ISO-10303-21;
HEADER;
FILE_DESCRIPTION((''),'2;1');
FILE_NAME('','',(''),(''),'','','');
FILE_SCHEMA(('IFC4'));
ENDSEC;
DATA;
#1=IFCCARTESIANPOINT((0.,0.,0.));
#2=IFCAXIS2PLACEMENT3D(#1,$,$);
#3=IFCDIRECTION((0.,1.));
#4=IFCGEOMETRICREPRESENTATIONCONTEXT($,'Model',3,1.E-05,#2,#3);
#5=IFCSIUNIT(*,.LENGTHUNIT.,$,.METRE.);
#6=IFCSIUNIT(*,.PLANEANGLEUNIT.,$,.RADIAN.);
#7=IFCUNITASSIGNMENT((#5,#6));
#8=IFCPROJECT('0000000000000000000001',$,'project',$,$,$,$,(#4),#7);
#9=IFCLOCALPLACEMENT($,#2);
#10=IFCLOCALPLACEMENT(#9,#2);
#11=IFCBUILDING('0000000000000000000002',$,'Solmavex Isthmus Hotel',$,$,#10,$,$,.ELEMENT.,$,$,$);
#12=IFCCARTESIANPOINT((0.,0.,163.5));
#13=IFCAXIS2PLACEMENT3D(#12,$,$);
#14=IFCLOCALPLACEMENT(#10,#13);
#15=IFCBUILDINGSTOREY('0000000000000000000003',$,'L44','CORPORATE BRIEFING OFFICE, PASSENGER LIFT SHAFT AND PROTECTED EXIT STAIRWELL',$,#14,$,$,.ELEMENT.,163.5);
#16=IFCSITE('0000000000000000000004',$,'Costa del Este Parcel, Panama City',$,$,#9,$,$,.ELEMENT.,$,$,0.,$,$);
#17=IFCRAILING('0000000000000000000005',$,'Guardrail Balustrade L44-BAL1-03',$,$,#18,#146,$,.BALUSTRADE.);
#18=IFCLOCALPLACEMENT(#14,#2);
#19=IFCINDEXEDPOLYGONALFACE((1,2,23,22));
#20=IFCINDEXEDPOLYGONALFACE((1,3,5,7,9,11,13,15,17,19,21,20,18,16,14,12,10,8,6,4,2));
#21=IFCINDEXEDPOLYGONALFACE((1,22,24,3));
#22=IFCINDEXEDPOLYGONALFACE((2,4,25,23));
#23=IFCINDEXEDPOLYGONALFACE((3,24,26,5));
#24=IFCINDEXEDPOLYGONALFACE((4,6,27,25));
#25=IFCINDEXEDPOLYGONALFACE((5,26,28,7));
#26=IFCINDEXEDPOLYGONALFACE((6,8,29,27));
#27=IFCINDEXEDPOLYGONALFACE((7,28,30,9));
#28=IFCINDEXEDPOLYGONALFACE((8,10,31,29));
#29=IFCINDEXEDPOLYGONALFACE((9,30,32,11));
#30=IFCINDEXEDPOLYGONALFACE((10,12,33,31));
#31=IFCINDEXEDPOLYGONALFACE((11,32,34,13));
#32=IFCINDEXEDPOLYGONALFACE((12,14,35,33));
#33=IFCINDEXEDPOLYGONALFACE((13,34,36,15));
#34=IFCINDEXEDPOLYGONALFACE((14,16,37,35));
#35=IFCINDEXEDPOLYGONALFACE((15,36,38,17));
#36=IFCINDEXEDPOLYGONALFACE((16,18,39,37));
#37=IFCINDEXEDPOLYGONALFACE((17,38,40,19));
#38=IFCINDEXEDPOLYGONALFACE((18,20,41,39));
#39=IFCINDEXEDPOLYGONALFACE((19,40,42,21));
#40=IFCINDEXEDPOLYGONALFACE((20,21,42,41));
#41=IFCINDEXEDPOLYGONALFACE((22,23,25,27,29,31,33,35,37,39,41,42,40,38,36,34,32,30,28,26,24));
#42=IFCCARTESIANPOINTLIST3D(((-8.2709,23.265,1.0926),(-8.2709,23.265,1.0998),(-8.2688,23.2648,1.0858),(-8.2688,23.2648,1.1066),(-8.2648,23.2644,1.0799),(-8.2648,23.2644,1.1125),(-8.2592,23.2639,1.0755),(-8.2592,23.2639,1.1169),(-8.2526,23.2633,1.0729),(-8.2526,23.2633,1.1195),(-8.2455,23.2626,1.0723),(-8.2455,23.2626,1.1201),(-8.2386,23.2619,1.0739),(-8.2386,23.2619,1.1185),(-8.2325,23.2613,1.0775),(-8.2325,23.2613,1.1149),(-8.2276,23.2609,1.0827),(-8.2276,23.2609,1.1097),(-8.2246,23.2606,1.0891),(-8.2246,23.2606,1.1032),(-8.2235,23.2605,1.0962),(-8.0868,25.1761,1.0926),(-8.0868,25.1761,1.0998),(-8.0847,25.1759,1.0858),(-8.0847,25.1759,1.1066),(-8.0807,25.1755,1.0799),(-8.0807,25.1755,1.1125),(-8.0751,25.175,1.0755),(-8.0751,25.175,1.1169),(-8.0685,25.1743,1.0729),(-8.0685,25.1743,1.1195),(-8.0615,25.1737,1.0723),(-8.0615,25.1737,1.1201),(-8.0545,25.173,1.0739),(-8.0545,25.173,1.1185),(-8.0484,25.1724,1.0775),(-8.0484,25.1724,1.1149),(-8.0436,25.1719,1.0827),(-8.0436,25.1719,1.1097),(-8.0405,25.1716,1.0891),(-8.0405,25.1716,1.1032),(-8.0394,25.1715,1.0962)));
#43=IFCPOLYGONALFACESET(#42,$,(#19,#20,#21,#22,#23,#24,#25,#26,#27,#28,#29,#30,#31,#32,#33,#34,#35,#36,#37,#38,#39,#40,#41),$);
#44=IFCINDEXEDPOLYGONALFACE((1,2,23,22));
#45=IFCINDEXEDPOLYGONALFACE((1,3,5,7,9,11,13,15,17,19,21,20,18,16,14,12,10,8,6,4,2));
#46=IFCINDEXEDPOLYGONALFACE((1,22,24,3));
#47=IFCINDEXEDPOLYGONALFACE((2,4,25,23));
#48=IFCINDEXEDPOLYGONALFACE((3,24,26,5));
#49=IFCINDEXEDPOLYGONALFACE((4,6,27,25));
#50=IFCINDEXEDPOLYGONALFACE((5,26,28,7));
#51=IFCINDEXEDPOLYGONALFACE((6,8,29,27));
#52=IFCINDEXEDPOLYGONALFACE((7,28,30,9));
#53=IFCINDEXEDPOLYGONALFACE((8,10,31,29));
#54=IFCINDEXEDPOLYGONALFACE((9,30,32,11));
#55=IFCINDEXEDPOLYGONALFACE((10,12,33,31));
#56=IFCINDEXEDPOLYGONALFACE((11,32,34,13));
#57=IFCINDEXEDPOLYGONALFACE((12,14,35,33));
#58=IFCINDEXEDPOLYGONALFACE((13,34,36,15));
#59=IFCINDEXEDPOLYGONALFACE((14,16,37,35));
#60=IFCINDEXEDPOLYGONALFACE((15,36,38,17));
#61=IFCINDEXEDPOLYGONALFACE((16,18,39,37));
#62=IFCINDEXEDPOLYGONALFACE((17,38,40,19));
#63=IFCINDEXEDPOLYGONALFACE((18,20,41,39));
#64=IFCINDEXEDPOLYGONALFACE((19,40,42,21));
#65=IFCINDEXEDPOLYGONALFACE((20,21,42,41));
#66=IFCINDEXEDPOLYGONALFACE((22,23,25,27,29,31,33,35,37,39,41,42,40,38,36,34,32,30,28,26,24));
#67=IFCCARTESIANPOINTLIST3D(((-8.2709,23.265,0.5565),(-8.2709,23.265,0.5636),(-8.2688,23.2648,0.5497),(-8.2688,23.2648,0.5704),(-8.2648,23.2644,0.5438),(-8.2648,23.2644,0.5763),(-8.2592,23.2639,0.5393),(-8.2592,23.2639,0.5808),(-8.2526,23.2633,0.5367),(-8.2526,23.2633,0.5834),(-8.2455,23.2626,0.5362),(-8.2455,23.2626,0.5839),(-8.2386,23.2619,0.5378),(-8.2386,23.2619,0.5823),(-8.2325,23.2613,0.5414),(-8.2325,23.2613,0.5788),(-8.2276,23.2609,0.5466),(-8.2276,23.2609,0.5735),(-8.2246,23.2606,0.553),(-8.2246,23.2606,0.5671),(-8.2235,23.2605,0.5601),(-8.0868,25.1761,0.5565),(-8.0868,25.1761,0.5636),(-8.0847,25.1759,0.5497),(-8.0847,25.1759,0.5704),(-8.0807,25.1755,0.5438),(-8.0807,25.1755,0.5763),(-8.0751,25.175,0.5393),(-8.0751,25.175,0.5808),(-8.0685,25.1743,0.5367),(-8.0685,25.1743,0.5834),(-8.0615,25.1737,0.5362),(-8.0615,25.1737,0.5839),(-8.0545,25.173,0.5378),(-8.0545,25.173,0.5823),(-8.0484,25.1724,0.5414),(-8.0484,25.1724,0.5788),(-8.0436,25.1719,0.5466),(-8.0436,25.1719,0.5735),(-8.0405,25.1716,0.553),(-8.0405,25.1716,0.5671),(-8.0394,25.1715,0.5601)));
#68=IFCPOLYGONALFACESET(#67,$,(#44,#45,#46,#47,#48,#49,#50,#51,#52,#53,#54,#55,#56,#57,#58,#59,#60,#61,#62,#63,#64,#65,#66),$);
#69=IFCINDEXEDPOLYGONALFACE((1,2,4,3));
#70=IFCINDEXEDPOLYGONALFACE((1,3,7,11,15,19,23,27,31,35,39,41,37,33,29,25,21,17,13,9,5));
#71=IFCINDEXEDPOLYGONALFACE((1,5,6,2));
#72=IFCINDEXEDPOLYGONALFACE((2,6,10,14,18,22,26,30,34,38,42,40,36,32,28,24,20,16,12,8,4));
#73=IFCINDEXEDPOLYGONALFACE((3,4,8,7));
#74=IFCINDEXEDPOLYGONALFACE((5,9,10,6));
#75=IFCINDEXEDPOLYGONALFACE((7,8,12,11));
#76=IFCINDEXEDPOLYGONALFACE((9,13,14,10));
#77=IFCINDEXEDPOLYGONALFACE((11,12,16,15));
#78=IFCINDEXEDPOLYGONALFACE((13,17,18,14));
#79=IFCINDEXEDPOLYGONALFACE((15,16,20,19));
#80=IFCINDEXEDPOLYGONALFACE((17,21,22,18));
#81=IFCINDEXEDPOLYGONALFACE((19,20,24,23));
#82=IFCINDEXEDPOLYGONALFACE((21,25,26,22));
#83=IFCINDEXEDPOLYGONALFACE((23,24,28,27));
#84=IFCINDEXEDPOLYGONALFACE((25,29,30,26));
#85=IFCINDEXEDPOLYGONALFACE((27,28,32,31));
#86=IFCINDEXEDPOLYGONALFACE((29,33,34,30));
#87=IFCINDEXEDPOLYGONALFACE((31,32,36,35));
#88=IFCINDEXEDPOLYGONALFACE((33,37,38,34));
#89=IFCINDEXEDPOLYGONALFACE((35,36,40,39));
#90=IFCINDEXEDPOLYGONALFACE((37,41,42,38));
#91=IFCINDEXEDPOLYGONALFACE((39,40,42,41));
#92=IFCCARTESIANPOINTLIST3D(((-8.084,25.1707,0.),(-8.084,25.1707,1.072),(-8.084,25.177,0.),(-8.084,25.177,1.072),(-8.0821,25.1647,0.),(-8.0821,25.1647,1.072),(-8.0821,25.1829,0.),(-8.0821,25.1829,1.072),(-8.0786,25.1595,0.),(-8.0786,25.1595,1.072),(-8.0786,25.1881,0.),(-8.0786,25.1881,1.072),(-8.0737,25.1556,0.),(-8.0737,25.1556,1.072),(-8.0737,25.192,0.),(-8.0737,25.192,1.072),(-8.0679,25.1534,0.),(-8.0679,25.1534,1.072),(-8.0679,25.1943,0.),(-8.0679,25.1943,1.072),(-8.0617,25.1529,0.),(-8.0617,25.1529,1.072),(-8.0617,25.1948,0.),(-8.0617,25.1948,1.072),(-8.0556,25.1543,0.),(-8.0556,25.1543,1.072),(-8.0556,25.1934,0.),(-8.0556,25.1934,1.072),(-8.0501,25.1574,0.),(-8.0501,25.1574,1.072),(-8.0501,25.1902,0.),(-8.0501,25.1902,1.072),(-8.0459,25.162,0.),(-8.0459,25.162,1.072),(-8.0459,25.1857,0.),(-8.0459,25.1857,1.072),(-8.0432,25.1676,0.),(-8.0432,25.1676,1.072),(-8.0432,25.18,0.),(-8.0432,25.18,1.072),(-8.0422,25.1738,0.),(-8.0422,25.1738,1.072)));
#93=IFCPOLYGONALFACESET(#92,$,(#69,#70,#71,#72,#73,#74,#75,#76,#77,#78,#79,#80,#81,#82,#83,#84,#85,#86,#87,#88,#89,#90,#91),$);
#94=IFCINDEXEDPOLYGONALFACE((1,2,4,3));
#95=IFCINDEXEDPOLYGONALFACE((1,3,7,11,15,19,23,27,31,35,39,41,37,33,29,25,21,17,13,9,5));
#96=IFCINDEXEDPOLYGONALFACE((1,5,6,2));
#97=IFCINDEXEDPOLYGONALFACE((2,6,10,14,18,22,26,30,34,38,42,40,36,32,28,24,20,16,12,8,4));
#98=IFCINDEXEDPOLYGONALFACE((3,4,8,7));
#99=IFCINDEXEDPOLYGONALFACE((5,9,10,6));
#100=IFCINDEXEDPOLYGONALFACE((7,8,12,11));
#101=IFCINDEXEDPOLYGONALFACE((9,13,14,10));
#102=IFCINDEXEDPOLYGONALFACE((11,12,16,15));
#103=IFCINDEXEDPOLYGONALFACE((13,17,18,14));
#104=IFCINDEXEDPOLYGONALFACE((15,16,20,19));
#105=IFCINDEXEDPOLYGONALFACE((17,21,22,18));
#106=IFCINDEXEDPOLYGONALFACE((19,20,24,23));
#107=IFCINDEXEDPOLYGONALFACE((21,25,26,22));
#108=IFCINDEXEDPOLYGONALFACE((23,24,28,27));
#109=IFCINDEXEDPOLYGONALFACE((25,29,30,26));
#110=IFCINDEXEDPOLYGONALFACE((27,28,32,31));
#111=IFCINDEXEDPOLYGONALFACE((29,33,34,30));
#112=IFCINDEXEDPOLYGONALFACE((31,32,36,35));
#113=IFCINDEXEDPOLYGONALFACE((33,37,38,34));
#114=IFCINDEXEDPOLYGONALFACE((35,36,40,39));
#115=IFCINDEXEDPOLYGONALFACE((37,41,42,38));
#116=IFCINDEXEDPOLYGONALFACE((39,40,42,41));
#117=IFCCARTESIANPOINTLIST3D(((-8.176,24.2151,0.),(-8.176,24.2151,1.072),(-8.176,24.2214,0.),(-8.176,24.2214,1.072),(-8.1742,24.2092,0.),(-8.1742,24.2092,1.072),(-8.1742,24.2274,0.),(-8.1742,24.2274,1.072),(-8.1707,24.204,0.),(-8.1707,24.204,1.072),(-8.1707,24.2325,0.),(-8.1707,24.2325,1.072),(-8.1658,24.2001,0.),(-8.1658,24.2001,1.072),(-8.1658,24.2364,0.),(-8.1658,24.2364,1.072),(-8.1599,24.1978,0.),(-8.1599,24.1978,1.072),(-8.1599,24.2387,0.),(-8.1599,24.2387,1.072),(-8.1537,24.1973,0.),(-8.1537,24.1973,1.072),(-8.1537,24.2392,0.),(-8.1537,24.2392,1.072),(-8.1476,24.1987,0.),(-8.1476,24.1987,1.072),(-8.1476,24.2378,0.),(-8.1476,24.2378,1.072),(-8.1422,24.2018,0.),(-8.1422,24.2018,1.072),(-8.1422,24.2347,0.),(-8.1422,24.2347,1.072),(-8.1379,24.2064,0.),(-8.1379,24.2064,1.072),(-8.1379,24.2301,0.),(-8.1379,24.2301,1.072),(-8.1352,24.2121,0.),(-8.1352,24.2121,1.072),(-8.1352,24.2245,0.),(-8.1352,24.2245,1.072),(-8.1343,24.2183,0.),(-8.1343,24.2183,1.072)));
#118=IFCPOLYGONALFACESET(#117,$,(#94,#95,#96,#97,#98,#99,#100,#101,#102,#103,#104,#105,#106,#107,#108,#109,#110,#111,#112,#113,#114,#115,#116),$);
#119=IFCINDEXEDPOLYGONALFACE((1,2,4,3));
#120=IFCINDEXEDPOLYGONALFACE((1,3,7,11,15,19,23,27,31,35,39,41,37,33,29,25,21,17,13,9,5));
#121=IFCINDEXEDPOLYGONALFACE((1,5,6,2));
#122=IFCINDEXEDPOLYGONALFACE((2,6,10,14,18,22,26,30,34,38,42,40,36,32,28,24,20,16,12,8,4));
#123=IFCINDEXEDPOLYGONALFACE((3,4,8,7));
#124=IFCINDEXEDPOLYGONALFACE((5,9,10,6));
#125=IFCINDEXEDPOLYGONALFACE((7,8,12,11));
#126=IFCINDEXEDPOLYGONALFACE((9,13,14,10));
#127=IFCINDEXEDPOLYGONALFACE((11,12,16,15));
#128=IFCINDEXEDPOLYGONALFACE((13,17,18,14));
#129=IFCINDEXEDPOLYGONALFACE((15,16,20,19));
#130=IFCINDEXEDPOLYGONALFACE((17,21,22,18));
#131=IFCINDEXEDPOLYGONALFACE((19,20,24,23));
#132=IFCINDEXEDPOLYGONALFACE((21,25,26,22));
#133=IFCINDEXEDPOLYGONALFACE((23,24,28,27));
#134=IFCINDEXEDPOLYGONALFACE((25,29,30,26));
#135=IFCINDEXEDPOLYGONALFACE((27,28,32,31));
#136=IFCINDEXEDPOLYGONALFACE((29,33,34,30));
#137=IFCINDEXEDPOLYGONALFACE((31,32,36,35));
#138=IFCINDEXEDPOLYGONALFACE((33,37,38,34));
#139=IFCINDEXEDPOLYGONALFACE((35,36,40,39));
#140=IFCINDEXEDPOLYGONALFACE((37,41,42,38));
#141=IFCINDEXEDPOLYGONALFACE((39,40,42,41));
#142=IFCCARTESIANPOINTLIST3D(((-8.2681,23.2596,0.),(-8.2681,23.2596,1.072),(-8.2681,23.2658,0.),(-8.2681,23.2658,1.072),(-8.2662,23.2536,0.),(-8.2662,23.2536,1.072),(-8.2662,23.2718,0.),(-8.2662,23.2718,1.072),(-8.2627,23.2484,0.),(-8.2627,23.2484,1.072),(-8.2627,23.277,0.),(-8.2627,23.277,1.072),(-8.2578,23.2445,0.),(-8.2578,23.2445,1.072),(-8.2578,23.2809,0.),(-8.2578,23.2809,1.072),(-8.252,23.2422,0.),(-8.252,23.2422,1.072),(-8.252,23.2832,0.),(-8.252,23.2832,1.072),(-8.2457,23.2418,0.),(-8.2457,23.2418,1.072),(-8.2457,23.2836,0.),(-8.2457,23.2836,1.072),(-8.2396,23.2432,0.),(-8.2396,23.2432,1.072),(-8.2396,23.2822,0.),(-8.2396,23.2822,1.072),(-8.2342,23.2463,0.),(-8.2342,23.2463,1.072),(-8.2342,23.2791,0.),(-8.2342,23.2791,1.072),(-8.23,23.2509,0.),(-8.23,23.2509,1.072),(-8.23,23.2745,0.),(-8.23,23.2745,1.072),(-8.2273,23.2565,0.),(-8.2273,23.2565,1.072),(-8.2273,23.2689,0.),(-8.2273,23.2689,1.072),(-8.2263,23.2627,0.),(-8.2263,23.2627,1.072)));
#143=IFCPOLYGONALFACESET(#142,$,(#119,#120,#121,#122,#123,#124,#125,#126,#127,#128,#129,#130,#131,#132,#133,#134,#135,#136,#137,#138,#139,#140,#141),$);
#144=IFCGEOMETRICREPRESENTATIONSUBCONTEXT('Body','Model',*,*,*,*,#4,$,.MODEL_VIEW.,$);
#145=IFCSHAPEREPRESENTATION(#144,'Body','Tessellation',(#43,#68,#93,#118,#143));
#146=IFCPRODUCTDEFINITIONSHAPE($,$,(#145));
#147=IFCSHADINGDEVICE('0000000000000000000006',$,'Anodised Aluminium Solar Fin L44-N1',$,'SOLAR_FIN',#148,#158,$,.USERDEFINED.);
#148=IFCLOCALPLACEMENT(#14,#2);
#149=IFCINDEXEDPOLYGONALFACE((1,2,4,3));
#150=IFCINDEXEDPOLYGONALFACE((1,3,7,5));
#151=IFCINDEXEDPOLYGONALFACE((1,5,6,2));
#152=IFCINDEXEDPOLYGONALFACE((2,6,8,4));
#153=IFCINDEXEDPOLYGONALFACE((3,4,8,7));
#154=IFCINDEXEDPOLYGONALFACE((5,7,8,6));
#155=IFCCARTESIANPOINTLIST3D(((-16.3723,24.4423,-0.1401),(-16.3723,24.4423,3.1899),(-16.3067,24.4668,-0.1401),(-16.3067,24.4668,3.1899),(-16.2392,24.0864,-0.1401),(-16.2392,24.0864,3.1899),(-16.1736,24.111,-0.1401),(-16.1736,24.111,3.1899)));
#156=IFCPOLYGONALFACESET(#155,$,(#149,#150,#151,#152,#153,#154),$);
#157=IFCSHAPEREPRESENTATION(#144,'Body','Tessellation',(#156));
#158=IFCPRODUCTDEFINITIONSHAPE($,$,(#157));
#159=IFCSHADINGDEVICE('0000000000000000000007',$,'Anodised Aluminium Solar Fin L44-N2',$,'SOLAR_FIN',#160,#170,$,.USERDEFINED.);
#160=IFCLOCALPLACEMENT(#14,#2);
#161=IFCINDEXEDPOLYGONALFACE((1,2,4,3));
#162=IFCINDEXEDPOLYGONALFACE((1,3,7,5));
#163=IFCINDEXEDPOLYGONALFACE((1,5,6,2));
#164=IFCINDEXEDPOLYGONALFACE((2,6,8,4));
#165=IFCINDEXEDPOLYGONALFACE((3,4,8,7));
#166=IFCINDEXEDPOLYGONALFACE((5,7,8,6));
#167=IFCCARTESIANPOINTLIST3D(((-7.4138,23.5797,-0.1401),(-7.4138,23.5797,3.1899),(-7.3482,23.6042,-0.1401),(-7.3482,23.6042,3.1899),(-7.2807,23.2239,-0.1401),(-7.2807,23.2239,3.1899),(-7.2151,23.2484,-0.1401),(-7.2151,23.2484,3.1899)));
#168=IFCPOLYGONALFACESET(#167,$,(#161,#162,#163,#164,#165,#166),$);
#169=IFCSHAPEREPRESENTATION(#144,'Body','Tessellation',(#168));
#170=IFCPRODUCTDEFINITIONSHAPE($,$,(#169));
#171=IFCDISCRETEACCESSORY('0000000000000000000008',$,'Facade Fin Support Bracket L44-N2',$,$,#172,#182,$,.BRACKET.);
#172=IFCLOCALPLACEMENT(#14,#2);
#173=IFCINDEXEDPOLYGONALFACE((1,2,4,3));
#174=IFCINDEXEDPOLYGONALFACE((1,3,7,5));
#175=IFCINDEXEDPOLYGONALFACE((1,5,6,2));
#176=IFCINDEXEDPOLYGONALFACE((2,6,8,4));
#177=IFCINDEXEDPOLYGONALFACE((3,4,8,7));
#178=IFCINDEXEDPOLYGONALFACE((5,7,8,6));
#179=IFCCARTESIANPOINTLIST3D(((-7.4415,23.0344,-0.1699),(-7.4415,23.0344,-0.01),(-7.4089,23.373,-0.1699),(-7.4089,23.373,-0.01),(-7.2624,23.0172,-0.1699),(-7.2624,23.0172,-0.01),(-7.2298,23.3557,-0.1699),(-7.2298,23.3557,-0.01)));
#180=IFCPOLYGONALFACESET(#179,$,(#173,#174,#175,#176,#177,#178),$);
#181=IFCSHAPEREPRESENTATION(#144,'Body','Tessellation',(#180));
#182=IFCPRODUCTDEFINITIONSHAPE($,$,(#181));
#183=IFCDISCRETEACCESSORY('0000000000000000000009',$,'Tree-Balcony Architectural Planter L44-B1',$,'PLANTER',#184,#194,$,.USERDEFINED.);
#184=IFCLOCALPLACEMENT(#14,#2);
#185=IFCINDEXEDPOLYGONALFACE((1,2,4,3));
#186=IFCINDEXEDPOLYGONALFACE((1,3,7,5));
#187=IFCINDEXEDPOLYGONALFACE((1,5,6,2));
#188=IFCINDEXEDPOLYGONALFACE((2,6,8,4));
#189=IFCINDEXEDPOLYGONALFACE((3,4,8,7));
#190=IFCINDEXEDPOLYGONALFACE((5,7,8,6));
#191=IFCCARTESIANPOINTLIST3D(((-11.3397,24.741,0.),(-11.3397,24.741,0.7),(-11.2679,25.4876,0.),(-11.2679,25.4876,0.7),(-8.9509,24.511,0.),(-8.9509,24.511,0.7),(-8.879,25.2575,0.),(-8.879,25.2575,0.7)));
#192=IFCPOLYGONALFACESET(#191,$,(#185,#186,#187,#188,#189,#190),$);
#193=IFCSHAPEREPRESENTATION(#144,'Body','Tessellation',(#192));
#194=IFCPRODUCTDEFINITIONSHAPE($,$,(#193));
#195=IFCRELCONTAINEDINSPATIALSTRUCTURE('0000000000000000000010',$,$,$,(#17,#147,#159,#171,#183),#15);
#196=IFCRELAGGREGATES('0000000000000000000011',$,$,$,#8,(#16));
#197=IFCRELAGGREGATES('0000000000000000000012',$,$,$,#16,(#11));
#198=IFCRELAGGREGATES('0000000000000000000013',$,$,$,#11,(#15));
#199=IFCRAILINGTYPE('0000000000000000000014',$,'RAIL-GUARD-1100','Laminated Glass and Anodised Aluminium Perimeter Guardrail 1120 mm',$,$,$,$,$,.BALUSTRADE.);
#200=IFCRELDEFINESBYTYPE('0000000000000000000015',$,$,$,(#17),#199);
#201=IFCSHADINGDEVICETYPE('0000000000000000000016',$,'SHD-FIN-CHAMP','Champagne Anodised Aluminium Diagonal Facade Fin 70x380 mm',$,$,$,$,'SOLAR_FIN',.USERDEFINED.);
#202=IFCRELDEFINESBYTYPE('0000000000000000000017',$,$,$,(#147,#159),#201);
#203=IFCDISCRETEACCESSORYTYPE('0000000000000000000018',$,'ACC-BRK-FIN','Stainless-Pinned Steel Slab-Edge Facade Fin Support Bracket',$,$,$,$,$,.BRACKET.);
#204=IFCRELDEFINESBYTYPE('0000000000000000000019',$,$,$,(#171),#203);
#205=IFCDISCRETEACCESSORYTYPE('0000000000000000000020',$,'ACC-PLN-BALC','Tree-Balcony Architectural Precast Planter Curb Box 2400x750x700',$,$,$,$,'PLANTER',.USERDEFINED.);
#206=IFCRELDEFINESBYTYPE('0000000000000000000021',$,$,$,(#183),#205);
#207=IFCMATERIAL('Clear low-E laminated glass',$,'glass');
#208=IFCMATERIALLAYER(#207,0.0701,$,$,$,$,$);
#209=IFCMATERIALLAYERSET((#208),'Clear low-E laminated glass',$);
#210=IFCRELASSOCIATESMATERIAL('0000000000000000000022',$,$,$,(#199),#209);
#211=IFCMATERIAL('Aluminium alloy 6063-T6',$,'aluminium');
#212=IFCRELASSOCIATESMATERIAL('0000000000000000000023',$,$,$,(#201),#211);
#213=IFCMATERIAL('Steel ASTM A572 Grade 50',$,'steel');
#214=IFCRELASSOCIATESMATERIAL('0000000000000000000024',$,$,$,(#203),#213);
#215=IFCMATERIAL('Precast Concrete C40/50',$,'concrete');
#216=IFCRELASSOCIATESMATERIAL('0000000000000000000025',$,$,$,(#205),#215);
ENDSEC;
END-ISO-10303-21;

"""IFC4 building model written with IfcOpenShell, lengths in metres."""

from ifc_helpers import new_model, si_unit, direction, frame, origin, origin_2d, place, context, subcontext, project, spatial, rectangle, circle, extrude, material, layer, layer_set, type_object, element, save


model = new_model("IFC4")

# Units and contexts
model_context = context("Model", 3, precision=1e-05, world=origin(), true_north=direction((0.0, 1.0)))
body_context = subcontext(model_context, "Body", "Model", "MODEL_VIEW")
ifc_project = project(units=[si_unit("LENGTHUNIT", "METRE"), si_unit("PLANEANGLEUNIT", "RADIAN")], contexts=[model_context])

# Site, building, storey
site_placement = place(None, origin())
site = spatial("IfcSite", under=ifc_project, at=site_placement, Name="Costa del Este Parcel, Panama City", CompositionType="ELEMENT", RefElevation=0.0)
building_placement = place(site_placement, origin())
building = spatial("IfcBuilding", under=site, at=building_placement, Name="Solmavex Isthmus Hotel", CompositionType="ELEMENT")
storey_placement = place(building_placement, frame((0.0, 0.0, 163.5)))
storey = spatial("IfcBuildingStorey", under=building, at=storey_placement, Name="L44", Description="CORPORATE BRIEFING OFFICE, PASSENGER LIFT SHAFT AND PROTECTED EXIT STAIRWELL", CompositionType="ELEMENT", Elevation=163.5)

# Shared definitions
ifc_material_1 = material(Name="Aluminium alloy 6063-T6", Category="aluminium")

# Shared definitions
ifc_material_2 = material(Name="Clear low-E laminated glass", Category="glass")

# Shared definitions
ifc_material_3 = material(Name="Precast Concrete C40/50", Category="concrete")

# Railing
ifc_layer_1 = layer(ifc_material_2, 0.0701)
ifc_layer_set_1 = layer_set([ifc_layer_1], Name="Clear low-E laminated glass")
railing_type = type_object("IfcRailingType", Name="RAIL-GUARD-1100", Description="Laminated Glass and Anodised Aluminium Perimeter Guardrail 1120 mm", PredefinedType="BALUSTRADE", material=ifc_layer_set_1)
railing_1_placement = place(storey_placement, frame((-8.0632, 25.1738, 0.0)))
element("IfcRailing", 1, at=railing_1_placement, inside=storey, type_object=railing_type, Name="Guardrail Balustrade L44-BAL1-03", PredefinedType="BALUSTRADE", context=body_context, shape_type="SweptSolid", body=[
    extrude(circle(Radius=0.0239, at=origin_2d()), frame((0.0, 0.0, 1.0962), z_axis=(-0.095877, -0.995393, 0.0), x_axis=(0.995393, -0.095877, 0.0)), (0.0, 0.0, 1.0), 1.9199),
    extrude(circle(Radius=0.0239, at=origin_2d()), frame((0.0, 0.0, 0.5601), z_axis=(-0.095877, -0.995393, 0.0), x_axis=(0.995393, -0.095877, 0.0)), (0.0, 0.0, 1.0), 1.9199),
    extrude(circle(Radius=0.021, at=origin_2d()), origin(), (0.0, 0.0, 1.0), 1.072),
    extrude(circle(Radius=0.021, at=origin_2d()), frame((-0.092, -0.9556, 0.0)), (0.0, 0.0, 1.0), 1.072),
    extrude(circle(Radius=0.021, at=origin_2d()), frame((-0.1841, -1.9111, 0.0)), (0.0, 0.0, 1.0), 1.072),
])

# Shading devices
shading_device_type = type_object("IfcShadingDeviceType", Name="SHD-FIN-CHAMP", Description="Champagne Anodised Aluminium Diagonal Facade Fin 70x380 mm", ElementType="SOLAR_FIN", PredefinedType="USERDEFINED", material=ifc_material_1)
for number, where, z_axis, x_axis, name in (
    (2, (-16.2729, 24.2766, -0.1401), (0.0, 0.0, 1.0), (-0.350207, 0.936672, 0.0), "Anodised Aluminium Solar Fin L44-N1"),
    (3, (-7.3145, 23.4141, -0.1401), (0.0, 0.0, 1.0), (-0.350207, 0.936672, 0.0), "Anodised Aluminium Solar Fin L44-N2"),
):
    element("IfcShadingDevice", number, at=place(storey_placement, frame(where, z_axis=z_axis, x_axis=x_axis)), inside=storey, type_object=shading_device_type, Name=name, ObjectType="SOLAR_FIN", PredefinedType="USERDEFINED", context=body_context, shape_type="SweptSolid", body=[
        extrude(rectangle(XDim=0.3799, YDim=0.0701, at=origin_2d()), origin(), (0.0, 0.0, 1.0), 3.3301),
    ])

# Discrete accessories
ifc_material_4 = material(Name="Steel ASTM A572 Grade 50", Category="steel")
discrete_accessory_type_1 = type_object("IfcDiscreteAccessoryType", Name="ACC-BRK-FIN", Description="Stainless-Pinned Steel Slab-Edge Facade Fin Support Bracket", PredefinedType="BRACKET", material=ifc_material_4)
discrete_accessory_1_placement = place(storey_placement, frame((-7.3357, 23.1951, -0.1699), z_axis=(0.0, 0.0, 1.0), x_axis=(0.095846, 0.995396, 0.0)))
element("IfcDiscreteAccessory", 4, at=discrete_accessory_1_placement, inside=storey, type_object=discrete_accessory_type_1, Name="Facade Fin Support Bracket L44-N2", PredefinedType="BRACKET", context=body_context, shape_type="SweptSolid", body=[
    extrude(rectangle(XDim=0.3401, YDim=0.1799, at=origin_2d()), origin(), (0.0, 0.0, 1.0), 0.1599),
])
discrete_accessory_type_2 = type_object("IfcDiscreteAccessoryType", Name="ACC-PLN-BALC", Description="Tree-Balcony Architectural Precast Planter Curb Box 2400x750x700", ElementType="PLANTER", PredefinedType="USERDEFINED", material=ifc_material_3)
discrete_accessory_2_placement = place(storey_placement, frame((-10.1094, 24.9993, 0.0), z_axis=(0.0, 0.0, 1.0), x_axis=(0.995396, -0.095846, 0.0)))
element("IfcDiscreteAccessory", 5, at=discrete_accessory_2_placement, inside=storey, type_object=discrete_accessory_type_2, Name="Tree-Balcony Architectural Planter L44-B1", ObjectType="PLANTER", PredefinedType="USERDEFINED", context=body_context, shape_type="SweptSolid", body=[
    extrude(rectangle(XDim=2.3999, YDim=0.75, at=origin_2d()), origin(), (0.0, 0.0, 1.0), 0.7),
])

save(model, "model.ifc")
